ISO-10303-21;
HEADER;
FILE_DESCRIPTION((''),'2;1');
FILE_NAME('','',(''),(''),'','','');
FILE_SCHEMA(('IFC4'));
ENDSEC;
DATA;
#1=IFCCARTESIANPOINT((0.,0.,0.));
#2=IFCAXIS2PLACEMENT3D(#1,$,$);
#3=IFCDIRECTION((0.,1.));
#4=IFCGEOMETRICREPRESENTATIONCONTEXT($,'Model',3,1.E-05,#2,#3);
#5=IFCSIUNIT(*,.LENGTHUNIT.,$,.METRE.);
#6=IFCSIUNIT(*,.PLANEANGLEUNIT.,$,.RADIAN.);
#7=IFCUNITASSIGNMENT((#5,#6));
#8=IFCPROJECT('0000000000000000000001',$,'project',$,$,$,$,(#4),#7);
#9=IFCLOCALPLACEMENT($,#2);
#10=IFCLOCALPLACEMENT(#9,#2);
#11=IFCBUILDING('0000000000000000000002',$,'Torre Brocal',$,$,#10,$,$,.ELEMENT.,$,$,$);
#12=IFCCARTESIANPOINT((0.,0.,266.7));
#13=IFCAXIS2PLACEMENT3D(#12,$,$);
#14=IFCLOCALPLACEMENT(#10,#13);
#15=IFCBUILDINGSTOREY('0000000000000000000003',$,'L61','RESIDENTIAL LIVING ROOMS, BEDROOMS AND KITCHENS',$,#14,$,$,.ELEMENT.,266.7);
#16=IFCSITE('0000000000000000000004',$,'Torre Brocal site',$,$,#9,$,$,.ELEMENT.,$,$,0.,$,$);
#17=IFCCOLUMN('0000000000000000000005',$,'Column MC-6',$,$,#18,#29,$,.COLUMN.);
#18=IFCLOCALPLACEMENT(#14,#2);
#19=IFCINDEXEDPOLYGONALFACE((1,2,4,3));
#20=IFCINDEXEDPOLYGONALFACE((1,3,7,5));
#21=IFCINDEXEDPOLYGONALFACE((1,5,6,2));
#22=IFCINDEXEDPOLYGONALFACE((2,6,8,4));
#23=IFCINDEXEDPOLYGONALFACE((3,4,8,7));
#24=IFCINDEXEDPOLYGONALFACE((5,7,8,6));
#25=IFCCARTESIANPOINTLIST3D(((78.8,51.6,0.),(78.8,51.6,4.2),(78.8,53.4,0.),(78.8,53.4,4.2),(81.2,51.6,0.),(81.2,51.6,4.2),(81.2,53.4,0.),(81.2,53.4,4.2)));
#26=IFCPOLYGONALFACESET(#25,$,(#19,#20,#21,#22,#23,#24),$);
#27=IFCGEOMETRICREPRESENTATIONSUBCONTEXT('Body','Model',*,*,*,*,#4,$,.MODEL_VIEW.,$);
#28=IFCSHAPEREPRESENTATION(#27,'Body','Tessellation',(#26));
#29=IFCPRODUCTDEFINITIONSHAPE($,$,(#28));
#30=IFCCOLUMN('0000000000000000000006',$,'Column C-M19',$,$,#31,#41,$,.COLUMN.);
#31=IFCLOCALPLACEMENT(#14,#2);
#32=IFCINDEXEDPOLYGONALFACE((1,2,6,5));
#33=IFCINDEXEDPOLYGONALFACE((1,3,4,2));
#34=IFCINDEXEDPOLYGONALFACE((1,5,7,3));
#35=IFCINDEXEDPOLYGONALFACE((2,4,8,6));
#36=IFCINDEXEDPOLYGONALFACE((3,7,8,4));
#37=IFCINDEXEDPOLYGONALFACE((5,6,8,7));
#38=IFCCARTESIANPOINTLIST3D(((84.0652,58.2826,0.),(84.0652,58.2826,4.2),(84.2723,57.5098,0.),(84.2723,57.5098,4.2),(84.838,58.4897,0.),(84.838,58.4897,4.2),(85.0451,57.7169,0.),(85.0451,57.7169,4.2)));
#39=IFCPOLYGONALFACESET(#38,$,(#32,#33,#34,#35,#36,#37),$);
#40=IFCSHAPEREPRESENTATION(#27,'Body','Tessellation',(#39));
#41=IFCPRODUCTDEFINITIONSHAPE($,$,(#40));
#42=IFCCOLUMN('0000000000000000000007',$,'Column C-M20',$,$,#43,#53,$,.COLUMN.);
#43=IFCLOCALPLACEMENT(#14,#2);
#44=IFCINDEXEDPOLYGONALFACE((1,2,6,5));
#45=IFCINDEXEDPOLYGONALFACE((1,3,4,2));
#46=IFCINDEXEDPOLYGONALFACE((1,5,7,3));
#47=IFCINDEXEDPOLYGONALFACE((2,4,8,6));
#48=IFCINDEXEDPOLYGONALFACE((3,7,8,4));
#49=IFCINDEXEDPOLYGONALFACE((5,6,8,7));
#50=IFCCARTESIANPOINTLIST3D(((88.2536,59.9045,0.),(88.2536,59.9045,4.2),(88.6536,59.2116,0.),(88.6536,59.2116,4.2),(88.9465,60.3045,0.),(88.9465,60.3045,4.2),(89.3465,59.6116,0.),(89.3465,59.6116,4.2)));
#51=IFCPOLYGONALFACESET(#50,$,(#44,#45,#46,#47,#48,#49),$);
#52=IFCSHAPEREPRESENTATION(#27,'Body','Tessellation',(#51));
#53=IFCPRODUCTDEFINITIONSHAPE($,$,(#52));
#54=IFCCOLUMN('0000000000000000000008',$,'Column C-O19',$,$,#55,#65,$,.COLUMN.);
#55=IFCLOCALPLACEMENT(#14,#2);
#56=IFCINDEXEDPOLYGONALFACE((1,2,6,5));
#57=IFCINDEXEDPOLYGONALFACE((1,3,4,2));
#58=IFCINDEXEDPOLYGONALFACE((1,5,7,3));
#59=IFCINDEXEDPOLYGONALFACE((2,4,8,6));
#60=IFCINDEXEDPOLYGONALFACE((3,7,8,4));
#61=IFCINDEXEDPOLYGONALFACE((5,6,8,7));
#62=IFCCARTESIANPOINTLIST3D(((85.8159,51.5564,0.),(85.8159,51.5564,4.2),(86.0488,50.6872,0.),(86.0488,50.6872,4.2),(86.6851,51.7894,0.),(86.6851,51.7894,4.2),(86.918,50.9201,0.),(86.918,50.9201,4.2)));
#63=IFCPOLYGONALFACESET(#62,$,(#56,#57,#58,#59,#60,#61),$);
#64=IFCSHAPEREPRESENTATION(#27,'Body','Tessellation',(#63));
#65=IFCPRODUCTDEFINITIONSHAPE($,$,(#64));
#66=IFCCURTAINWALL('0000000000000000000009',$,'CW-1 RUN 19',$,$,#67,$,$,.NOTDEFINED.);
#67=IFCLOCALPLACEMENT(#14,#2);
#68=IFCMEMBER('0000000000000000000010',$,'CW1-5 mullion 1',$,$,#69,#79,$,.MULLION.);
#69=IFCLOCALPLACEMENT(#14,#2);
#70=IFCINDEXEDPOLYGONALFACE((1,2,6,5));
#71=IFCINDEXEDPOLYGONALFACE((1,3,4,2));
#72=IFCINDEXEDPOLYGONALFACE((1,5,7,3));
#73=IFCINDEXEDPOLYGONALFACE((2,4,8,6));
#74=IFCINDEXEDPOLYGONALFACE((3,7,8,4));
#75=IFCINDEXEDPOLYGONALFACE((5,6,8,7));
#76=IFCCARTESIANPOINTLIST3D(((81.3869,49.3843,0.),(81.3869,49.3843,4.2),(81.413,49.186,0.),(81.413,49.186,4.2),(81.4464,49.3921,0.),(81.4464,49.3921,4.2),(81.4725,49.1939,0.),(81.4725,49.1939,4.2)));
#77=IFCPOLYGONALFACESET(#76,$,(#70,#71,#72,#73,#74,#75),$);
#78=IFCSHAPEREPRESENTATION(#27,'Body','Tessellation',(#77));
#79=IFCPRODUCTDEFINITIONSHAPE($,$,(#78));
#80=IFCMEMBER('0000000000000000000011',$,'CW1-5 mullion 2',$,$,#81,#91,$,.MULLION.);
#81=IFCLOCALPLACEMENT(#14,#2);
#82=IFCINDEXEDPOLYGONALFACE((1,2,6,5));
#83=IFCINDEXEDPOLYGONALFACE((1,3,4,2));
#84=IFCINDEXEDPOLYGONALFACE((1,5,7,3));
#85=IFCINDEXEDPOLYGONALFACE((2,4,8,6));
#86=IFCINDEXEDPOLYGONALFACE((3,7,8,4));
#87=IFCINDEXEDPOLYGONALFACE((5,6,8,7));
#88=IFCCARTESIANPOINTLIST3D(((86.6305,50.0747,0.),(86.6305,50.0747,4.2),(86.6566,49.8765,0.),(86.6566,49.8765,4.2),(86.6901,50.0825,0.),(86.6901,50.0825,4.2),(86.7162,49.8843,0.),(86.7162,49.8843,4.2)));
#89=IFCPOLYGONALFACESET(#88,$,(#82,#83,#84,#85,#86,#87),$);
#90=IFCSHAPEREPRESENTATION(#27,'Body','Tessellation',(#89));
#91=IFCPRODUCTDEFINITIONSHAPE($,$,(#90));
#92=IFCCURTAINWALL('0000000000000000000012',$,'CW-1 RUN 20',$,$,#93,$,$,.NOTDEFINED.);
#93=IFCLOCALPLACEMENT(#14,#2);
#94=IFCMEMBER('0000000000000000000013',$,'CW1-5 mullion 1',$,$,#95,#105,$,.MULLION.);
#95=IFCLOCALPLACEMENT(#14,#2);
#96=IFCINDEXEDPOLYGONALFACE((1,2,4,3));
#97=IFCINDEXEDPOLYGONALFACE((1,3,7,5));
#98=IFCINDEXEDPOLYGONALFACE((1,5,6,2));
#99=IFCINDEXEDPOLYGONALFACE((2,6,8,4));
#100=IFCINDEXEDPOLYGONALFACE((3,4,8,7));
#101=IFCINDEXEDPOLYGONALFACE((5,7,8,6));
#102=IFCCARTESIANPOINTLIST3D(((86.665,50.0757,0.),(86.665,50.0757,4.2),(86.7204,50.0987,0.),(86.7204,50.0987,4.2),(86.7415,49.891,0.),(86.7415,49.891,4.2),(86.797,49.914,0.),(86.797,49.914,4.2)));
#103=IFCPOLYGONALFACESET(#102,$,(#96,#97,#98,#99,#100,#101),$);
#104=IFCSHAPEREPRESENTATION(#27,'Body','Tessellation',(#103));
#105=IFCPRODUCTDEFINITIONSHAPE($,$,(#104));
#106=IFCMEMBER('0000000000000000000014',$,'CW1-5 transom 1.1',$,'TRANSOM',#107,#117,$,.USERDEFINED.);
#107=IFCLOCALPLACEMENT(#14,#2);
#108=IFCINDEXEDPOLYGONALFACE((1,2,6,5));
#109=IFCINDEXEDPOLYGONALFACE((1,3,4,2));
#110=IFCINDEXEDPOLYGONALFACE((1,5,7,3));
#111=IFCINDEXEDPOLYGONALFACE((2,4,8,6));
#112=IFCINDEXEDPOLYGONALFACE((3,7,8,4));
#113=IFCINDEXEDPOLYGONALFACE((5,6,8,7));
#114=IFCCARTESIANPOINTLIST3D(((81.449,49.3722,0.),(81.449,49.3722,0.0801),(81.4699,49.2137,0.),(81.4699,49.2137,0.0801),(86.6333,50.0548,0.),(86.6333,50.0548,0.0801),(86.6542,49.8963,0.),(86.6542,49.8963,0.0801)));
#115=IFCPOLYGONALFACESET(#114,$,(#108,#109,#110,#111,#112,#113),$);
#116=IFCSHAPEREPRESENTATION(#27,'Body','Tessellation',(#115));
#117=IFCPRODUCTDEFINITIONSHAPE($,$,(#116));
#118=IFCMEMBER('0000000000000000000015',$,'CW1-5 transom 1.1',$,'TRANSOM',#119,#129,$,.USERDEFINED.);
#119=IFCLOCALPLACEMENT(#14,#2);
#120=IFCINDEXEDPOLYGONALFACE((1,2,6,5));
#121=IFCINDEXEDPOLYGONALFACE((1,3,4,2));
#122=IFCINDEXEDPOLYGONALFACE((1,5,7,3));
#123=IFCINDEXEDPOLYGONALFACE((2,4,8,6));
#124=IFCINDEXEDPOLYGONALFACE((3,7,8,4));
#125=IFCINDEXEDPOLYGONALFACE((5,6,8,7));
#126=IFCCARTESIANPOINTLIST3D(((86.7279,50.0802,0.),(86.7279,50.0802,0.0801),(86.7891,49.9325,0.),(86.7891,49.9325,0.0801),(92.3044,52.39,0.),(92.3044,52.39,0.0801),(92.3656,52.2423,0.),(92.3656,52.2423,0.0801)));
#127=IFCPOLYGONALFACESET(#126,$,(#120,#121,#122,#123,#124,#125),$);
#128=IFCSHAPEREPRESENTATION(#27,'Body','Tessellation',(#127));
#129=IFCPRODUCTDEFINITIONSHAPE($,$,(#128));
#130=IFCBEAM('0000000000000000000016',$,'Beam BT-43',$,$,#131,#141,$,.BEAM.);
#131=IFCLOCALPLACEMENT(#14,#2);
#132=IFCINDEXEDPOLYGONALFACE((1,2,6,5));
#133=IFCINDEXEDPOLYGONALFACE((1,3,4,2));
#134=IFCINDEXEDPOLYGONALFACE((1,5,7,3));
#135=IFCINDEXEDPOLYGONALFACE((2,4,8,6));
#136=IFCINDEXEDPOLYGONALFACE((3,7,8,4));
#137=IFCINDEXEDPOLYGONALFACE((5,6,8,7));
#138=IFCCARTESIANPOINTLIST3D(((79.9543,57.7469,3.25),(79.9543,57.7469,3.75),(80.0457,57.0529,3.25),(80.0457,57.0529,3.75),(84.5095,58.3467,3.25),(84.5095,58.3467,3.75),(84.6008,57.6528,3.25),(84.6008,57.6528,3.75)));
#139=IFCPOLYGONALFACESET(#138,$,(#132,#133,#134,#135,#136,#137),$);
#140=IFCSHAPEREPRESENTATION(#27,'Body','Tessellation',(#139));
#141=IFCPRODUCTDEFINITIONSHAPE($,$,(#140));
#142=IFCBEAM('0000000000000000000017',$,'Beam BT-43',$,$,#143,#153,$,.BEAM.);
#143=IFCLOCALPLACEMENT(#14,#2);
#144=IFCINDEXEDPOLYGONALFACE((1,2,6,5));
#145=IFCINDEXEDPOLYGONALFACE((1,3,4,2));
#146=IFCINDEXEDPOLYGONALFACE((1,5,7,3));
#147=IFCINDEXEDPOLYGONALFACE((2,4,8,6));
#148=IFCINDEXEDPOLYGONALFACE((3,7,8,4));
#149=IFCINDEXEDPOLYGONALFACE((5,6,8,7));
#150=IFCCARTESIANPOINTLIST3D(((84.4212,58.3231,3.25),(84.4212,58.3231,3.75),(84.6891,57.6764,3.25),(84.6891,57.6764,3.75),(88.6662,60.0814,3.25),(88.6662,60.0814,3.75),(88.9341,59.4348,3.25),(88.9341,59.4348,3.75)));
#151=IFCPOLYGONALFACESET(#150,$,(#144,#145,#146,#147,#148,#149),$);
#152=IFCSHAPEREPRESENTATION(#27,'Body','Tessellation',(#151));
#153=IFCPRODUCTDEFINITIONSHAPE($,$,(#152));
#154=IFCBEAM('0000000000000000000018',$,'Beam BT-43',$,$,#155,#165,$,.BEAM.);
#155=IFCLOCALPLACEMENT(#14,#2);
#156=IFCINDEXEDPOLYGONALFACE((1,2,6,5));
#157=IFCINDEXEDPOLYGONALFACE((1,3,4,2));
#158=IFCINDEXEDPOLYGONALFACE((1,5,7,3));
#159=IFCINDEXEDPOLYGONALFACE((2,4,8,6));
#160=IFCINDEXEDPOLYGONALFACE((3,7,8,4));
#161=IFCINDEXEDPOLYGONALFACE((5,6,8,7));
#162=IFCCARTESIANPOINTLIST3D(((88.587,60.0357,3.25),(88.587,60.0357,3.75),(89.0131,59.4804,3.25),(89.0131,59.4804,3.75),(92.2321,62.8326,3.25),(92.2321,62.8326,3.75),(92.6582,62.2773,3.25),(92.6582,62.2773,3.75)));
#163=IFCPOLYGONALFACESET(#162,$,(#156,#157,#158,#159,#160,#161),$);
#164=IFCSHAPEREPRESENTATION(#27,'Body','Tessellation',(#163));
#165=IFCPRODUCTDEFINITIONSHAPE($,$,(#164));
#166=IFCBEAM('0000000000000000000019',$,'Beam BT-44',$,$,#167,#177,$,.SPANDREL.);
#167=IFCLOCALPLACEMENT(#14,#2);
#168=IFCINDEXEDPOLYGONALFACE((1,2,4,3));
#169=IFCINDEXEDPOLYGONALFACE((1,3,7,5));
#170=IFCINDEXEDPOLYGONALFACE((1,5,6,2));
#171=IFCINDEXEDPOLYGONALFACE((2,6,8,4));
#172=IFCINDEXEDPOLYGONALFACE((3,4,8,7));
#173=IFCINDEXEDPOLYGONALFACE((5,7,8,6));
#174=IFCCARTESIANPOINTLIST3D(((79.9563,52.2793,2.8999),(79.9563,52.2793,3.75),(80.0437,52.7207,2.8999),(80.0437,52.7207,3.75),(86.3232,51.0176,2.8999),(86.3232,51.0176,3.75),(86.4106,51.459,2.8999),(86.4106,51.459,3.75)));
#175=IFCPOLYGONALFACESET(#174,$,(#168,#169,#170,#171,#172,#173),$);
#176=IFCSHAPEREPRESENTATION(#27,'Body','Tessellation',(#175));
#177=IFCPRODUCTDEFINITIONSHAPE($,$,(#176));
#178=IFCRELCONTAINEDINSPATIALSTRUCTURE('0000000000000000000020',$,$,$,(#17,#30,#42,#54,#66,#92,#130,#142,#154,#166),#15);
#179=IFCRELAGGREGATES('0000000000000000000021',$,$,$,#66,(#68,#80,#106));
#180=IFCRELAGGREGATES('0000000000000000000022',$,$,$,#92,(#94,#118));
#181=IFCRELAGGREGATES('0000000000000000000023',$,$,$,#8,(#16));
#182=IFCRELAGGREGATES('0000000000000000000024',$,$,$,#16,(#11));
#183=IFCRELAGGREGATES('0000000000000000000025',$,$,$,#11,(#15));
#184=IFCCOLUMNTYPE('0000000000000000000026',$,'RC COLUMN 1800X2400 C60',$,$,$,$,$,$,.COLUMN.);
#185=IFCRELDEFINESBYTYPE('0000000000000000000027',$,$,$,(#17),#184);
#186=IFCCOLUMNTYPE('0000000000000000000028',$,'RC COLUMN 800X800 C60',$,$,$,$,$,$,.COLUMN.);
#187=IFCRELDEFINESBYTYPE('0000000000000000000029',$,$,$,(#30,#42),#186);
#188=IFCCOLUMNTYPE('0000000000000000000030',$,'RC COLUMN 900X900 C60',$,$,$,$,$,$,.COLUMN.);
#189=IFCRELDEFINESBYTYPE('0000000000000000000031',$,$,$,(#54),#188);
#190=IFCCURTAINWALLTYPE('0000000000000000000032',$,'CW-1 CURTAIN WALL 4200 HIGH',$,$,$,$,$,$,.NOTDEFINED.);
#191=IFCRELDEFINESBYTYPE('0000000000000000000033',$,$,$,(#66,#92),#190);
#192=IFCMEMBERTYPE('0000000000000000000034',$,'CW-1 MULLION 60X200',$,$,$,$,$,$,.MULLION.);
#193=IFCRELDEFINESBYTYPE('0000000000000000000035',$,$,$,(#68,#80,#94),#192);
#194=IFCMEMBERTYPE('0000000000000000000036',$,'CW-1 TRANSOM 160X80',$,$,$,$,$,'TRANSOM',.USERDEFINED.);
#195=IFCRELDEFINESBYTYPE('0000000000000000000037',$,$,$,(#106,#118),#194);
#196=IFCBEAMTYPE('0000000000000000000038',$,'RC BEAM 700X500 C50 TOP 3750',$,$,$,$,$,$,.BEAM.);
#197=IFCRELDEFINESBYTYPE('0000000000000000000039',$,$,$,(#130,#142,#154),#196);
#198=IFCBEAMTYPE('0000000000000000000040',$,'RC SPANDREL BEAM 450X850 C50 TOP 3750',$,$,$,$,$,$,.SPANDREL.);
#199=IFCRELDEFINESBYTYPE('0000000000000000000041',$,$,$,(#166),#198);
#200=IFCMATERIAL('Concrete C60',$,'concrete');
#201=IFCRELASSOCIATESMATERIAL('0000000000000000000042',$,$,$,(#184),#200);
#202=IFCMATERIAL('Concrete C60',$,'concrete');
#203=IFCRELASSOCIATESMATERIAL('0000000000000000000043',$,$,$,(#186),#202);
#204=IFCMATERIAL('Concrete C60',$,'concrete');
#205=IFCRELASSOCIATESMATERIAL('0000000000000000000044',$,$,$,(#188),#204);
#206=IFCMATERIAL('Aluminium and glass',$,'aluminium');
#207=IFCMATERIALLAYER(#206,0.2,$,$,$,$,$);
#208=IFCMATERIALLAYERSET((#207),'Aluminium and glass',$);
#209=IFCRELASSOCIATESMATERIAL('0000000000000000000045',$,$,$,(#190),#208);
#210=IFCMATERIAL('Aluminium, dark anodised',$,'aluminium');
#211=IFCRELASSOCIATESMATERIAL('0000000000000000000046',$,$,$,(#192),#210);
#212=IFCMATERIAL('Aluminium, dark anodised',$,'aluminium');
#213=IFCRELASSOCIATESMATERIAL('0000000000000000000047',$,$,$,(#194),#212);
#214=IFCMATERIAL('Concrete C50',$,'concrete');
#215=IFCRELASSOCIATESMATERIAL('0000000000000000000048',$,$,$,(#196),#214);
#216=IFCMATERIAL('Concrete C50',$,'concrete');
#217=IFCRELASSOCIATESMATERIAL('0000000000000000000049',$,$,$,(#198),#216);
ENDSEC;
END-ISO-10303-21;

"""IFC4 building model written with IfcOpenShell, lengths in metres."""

from ifc_helpers import new_model, si_unit, direction, frame, origin, origin_2d, place, context, subcontext, project, spatial, rectangle, extrude, material, layer, layer_set, material_profile, profile_set, type_object, element, aggregate, save


model = new_model("IFC4")

# Units and contexts
model_context = context("Model", 3, precision=1e-05, world=origin(), true_north=direction((0.0, 1.0)))
body_context = subcontext(model_context, "Body", "Model", "MODEL_VIEW")
ifc_project = project(units=[si_unit("LENGTHUNIT", "METRE"), si_unit("PLANEANGLEUNIT", "RADIAN")], contexts=[model_context])

# Site, building, storey
site_placement = place(None, origin())
site = spatial("IfcSite", under=ifc_project, at=site_placement, Name="Torre Brocal site", CompositionType="ELEMENT", RefElevation=0.0)
building_placement = place(site_placement, origin())
building = spatial("IfcBuilding", under=site, at=building_placement, Name="Torre Brocal", CompositionType="ELEMENT")
storey_placement = place(building_placement, frame((0.0, 0.0, 266.7)))
storey = spatial("IfcBuildingStorey", under=building, at=storey_placement, Name="L61", Description="RESIDENTIAL LIVING ROOMS, BEDROOMS AND KITCHENS", CompositionType="ELEMENT", Elevation=266.7)

# Columns
ifc_material_1 = material(Name="Concrete C60", Category="concrete")
ifc_material_profile_1 = material_profile(ifc_material_1, rectangle(XDim=1.8, YDim=2.3999, at=origin_2d()), Name="RC 1800X2400")
ifc_profile_set_1 = profile_set([ifc_material_profile_1], Name="Concrete C60")
column_type_1 = type_object("IfcColumnType", Name="RC COLUMN 1800X2400 C60", PredefinedType="COLUMN", material=ifc_profile_set_1)
column_1_placement = place(storey_placement, frame((80.0, 52.5, 0.0), z_axis=(0.0, 0.0, 1.0), x_axis=(0.0, -1.0, 0.0)))
element("IfcColumn", 1, at=column_1_placement, inside=storey, type_object=column_type_1, Name="Column MC-6", PredefinedType="COLUMN", context=body_context, shape_type="SweptSolid", body=[
    extrude(rectangle(XDim=1.8, YDim=2.3999, at=origin_2d()), origin(), (0.0, 0.0, 1.0), 4.2),
])
ifc_material_2 = material(Name="Concrete C60", Category="concrete")
ifc_material_profile_2 = material_profile(ifc_material_2, rectangle(XDim=0.8, YDim=0.8, at=origin_2d()), Name="RC 800X800")
ifc_profile_set_2 = profile_set([ifc_material_profile_2], Name="Concrete C60")
column_type_2 = type_object("IfcColumnType", Name="RC COLUMN 800X800 C60", PredefinedType="COLUMN", material=ifc_profile_set_2)
for number, where, z_axis, x_axis, name in (
    (2, (84.5552, 57.9998, 0.0), (0.0, 0.0, 1.0), (0.258819, -0.965926, 0.0), "Column C-M19"),
    (3, (88.8, 59.7581, 0.0), (0.0, 0.0, 1.0), (0.5, -0.866025, 0.0), "Column C-M20"),
):
    element("IfcColumn", number, at=place(storey_placement, frame(where, z_axis=z_axis, x_axis=x_axis)), inside=storey, type_object=column_type_2, Name=name, PredefinedType="COLUMN", context=body_context, shape_type="SweptSolid", body=[
        extrude(rectangle(XDim=0.8, YDim=0.8, at=origin_2d()), origin(), (0.0, 0.0, 1.0), 4.2),
    ])
ifc_material_3 = material(Name="Concrete C60", Category="concrete")
ifc_material_profile_3 = material_profile(ifc_material_3, rectangle(XDim=0.8999, YDim=0.8999, at=origin_2d()), Name="RC 900X900")
ifc_profile_set_3 = profile_set([ifc_material_profile_3], Name="Concrete C60")
column_type_3 = type_object("IfcColumnType", Name="RC COLUMN 900X900 C60", PredefinedType="COLUMN", material=ifc_profile_set_3)
column_2_placement = place(storey_placement, frame((86.3669, 51.2383, 0.0), z_axis=(0.0, 0.0, 1.0), x_axis=(0.258819, -0.965926, 0.0)))
element("IfcColumn", 4, at=column_2_placement, inside=storey, type_object=column_type_3, Name="Column C-O19", PredefinedType="COLUMN", context=body_context, shape_type="SweptSolid", body=[
    extrude(rectangle(XDim=0.8999, YDim=0.8999, at=origin_2d()), origin(), (0.0, 0.0, 1.0), 4.2),
])

# Curtain wall, members
ifc_material_4 = material(Name="Aluminium and glass", Category="aluminium")
ifc_layer_1 = layer(ifc_material_4, 0.2)
ifc_layer_set_1 = layer_set([ifc_layer_1], Name="Aluminium and glass")
curtain_wall_type = type_object("IfcCurtainWallType", Name="CW-1 CURTAIN WALL 4200 HIGH", PredefinedType="NOTDEFINED", material=ifc_layer_set_1)
curtain_wall_1_placement = place(storey_placement, origin())
curtain_wall_1 = element("IfcCurtainWall", 5, at=curtain_wall_1_placement, inside=storey, type_object=curtain_wall_type, Name="CW-1 RUN 19", PredefinedType="NOTDEFINED")
ifc_material_5 = material(Name="Aluminium, dark anodised", Category="aluminium")
ifc_material_profile_4 = material_profile(ifc_material_5, rectangle(XDim=0.2, YDim=0.0601, at=origin_2d()), Name="CW-1 MULLION 60X200")
ifc_profile_set_4 = profile_set([ifc_material_profile_4], Name="Aluminium, dark anodised")
member_type_1 = type_object("IfcMemberType", Name="CW-1 MULLION 60X200", PredefinedType="MULLION", material=ifc_profile_set_4)
member_1_placement = place(storey_placement, frame((81.4297, 49.2891, 0.0), z_axis=(0.0, 0.0, 1.0), x_axis=(-0.130526, 0.991445, 0.0)))
member_1 = element("IfcMember", 6, at=member_1_placement, type_object=member_type_1, Name="CW1-5 mullion 1", PredefinedType="MULLION", context=body_context, shape_type="SweptSolid", body=[
    extrude(rectangle(XDim=0.2, YDim=0.0601, at=origin_2d()), origin(), (0.0, 0.0, 1.0), 4.2),
])
member_2_placement = place(storey_placement, frame((86.6733, 49.9795, 0.0), z_axis=(0.0, 0.0, 1.0), x_axis=(-0.130526, 0.991445, 0.0)))
member_2 = element("IfcMember", 7, at=member_2_placement, type_object=member_type_1, Name="CW1-5 mullion 2", PredefinedType="MULLION", context=body_context, shape_type="SweptSolid", body=[
    extrude(rectangle(XDim=0.2, YDim=0.0601, at=origin_2d()), origin(), (0.0, 0.0, 1.0), 4.2),
])

# Curtain wall, member
curtain_wall_2_placement = place(storey_placement, origin())
curtain_wall_2 = element("IfcCurtainWall", 8, at=curtain_wall_2_placement, inside=storey, type_object=curtain_wall_type, Name="CW-1 RUN 20", PredefinedType="NOTDEFINED")
member_3_placement = place(storey_placement, frame((86.731, 49.9949, 0.0), z_axis=(0.0, 0.0, 1.0), x_axis=(-0.382683, 0.92388, 0.0)))
member_3 = element("IfcMember", 9, at=member_3_placement, type_object=member_type_1, Name="CW1-5 mullion 1", PredefinedType="MULLION", context=body_context, shape_type="SweptSolid", body=[
    extrude(rectangle(XDim=0.2, YDim=0.0601, at=origin_2d()), origin(), (0.0, 0.0, 1.0), 4.2),
])

# Members
ifc_material_6 = material(Name="Aluminium, dark anodised", Category="aluminium")
ifc_material_profile_5 = material_profile(ifc_material_6, rectangle(XDim=0.1599, YDim=0.0801, at=origin_2d()), Name="CW-1 TRANSOM 160X80")
ifc_profile_set_5 = profile_set([ifc_material_profile_5], Name="Aluminium, dark anodised")
member_type_2 = type_object("IfcMemberType", Name="CW-1 TRANSOM 160X80", ElementType="TRANSOM", PredefinedType="USERDEFINED", material=ifc_profile_set_5)
member_4_placement = place(storey_placement, frame((81.4595, 49.293, 0.04), z_axis=(0.991443, 0.130543, 0.0), x_axis=(-0.130543, 0.991443, 0.0)))
member_4 = element("IfcMember", 10, at=member_4_placement, type_object=member_type_2, Name="CW1-5 transom 1.1", ObjectType="TRANSOM", PredefinedType="USERDEFINED", context=body_context, shape_type="SweptSolid", body=[
    extrude(rectangle(XDim=0.1599, YDim=0.0801, at=origin_2d()), origin(), (0.0, 0.0, 1.0), 5.229),
])
member_5_placement = place(storey_placement, frame((86.7585, 50.0063, 0.04), z_axis=(0.92388, 0.382682, 0.0), x_axis=(-0.382682, 0.92388, 0.0)))
member_5 = element("IfcMember", 11, at=member_5_placement, type_object=member_type_2, Name="CW1-5 transom 1.1", ObjectType="TRANSOM", PredefinedType="USERDEFINED", context=body_context, shape_type="SweptSolid", body=[
    extrude(rectangle(XDim=0.1599, YDim=0.0801, at=origin_2d()), origin(), (0.0, 0.0, 1.0), 6.0359),
])

# Beams
ifc_material_7 = material(Name="Concrete C50", Category="concrete")
ifc_material_profile_6 = material_profile(ifc_material_7, rectangle(XDim=0.7, YDim=0.5, at=origin_2d()), Name="RC 700X500")
ifc_profile_set_6 = profile_set([ifc_material_profile_6], Name="Concrete C50")
beam_type_1 = type_object("IfcBeamType", Name="RC BEAM 700X500 C50 TOP 3750", PredefinedType="BEAM", material=ifc_profile_set_6)
beam_1_placement = place(storey_placement, frame((80.0, 57.3999, 3.5), z_axis=(0.991441, 0.130559, 0.0), x_axis=(-0.130559, 0.991441, 0.0)))
element("IfcBeam", 12, at=beam_1_placement, inside=storey, type_object=beam_type_1, Name="Beam BT-43", PredefinedType="BEAM", context=body_context, shape_type="SweptSolid", body=[
    extrude(rectangle(XDim=0.7, YDim=0.5, at=origin_2d()), origin(), (0.0, 0.0, 1.0), 4.5945),
])
beam_2_placement = place(storey_placement, frame((84.5552, 57.9998, 3.5), z_axis=(0.923878, 0.382687, 0.0), x_axis=(-0.382687, 0.923878, 0.0)))
element("IfcBeam", 13, at=beam_2_placement, inside=storey, type_object=beam_type_1, Name="Beam BT-43", PredefinedType="BEAM", context=body_context, shape_type="SweptSolid", body=[
    extrude(rectangle(XDim=0.7, YDim=0.5, at=origin_2d()), origin(), (0.0, 0.0, 1.0), 4.5947),
])
beam_3_placement = place(storey_placement, frame((88.8, 59.7581, 3.5), z_axis=(0.793358, 0.608755, 0.0), x_axis=(-0.608755, 0.793358, 0.0)))
element("IfcBeam", 14, at=beam_3_placement, inside=storey, type_object=beam_type_1, Name="Beam BT-43", PredefinedType="BEAM", context=body_context, shape_type="SweptSolid", body=[
    extrude(rectangle(XDim=0.7, YDim=0.5, at=origin_2d()), origin(), (0.0, 0.0, 1.0), 4.5945),
])
ifc_material_8 = material(Name="Concrete C50", Category="concrete")
ifc_material_profile_7 = material_profile(ifc_material_8, rectangle(XDim=0.45, YDim=0.8501, at=origin_2d()), Name="RC 450X850")
ifc_profile_set_7 = profile_set([ifc_material_profile_7], Name="Concrete C50")
beam_type_2 = type_object("IfcBeamType", Name="RC SPANDREL BEAM 450X850 C50 TOP 3750", PredefinedType="SPANDREL", material=ifc_profile_set_7)
beam_4_placement = place(storey_placement, frame((80.0, 52.5, 3.325), z_axis=(0.980925, -0.194387, 0.0), x_axis=(0.194387, 0.980925, 0.0)))
element("IfcBeam", 15, at=beam_4_placement, inside=storey, type_object=beam_type_2, Name="Beam BT-44", PredefinedType="SPANDREL", context=body_context, shape_type="SweptSolid", body=[
    extrude(rectangle(XDim=0.45, YDim=0.8501, at=origin_2d()), origin(), (0.0, 0.0, 1.0), 6.4907),
])

aggregate(curtain_wall_1, [member_1, member_2, member_4])
aggregate(curtain_wall_2, [member_3, member_5])

save(model, "model.ifc")
